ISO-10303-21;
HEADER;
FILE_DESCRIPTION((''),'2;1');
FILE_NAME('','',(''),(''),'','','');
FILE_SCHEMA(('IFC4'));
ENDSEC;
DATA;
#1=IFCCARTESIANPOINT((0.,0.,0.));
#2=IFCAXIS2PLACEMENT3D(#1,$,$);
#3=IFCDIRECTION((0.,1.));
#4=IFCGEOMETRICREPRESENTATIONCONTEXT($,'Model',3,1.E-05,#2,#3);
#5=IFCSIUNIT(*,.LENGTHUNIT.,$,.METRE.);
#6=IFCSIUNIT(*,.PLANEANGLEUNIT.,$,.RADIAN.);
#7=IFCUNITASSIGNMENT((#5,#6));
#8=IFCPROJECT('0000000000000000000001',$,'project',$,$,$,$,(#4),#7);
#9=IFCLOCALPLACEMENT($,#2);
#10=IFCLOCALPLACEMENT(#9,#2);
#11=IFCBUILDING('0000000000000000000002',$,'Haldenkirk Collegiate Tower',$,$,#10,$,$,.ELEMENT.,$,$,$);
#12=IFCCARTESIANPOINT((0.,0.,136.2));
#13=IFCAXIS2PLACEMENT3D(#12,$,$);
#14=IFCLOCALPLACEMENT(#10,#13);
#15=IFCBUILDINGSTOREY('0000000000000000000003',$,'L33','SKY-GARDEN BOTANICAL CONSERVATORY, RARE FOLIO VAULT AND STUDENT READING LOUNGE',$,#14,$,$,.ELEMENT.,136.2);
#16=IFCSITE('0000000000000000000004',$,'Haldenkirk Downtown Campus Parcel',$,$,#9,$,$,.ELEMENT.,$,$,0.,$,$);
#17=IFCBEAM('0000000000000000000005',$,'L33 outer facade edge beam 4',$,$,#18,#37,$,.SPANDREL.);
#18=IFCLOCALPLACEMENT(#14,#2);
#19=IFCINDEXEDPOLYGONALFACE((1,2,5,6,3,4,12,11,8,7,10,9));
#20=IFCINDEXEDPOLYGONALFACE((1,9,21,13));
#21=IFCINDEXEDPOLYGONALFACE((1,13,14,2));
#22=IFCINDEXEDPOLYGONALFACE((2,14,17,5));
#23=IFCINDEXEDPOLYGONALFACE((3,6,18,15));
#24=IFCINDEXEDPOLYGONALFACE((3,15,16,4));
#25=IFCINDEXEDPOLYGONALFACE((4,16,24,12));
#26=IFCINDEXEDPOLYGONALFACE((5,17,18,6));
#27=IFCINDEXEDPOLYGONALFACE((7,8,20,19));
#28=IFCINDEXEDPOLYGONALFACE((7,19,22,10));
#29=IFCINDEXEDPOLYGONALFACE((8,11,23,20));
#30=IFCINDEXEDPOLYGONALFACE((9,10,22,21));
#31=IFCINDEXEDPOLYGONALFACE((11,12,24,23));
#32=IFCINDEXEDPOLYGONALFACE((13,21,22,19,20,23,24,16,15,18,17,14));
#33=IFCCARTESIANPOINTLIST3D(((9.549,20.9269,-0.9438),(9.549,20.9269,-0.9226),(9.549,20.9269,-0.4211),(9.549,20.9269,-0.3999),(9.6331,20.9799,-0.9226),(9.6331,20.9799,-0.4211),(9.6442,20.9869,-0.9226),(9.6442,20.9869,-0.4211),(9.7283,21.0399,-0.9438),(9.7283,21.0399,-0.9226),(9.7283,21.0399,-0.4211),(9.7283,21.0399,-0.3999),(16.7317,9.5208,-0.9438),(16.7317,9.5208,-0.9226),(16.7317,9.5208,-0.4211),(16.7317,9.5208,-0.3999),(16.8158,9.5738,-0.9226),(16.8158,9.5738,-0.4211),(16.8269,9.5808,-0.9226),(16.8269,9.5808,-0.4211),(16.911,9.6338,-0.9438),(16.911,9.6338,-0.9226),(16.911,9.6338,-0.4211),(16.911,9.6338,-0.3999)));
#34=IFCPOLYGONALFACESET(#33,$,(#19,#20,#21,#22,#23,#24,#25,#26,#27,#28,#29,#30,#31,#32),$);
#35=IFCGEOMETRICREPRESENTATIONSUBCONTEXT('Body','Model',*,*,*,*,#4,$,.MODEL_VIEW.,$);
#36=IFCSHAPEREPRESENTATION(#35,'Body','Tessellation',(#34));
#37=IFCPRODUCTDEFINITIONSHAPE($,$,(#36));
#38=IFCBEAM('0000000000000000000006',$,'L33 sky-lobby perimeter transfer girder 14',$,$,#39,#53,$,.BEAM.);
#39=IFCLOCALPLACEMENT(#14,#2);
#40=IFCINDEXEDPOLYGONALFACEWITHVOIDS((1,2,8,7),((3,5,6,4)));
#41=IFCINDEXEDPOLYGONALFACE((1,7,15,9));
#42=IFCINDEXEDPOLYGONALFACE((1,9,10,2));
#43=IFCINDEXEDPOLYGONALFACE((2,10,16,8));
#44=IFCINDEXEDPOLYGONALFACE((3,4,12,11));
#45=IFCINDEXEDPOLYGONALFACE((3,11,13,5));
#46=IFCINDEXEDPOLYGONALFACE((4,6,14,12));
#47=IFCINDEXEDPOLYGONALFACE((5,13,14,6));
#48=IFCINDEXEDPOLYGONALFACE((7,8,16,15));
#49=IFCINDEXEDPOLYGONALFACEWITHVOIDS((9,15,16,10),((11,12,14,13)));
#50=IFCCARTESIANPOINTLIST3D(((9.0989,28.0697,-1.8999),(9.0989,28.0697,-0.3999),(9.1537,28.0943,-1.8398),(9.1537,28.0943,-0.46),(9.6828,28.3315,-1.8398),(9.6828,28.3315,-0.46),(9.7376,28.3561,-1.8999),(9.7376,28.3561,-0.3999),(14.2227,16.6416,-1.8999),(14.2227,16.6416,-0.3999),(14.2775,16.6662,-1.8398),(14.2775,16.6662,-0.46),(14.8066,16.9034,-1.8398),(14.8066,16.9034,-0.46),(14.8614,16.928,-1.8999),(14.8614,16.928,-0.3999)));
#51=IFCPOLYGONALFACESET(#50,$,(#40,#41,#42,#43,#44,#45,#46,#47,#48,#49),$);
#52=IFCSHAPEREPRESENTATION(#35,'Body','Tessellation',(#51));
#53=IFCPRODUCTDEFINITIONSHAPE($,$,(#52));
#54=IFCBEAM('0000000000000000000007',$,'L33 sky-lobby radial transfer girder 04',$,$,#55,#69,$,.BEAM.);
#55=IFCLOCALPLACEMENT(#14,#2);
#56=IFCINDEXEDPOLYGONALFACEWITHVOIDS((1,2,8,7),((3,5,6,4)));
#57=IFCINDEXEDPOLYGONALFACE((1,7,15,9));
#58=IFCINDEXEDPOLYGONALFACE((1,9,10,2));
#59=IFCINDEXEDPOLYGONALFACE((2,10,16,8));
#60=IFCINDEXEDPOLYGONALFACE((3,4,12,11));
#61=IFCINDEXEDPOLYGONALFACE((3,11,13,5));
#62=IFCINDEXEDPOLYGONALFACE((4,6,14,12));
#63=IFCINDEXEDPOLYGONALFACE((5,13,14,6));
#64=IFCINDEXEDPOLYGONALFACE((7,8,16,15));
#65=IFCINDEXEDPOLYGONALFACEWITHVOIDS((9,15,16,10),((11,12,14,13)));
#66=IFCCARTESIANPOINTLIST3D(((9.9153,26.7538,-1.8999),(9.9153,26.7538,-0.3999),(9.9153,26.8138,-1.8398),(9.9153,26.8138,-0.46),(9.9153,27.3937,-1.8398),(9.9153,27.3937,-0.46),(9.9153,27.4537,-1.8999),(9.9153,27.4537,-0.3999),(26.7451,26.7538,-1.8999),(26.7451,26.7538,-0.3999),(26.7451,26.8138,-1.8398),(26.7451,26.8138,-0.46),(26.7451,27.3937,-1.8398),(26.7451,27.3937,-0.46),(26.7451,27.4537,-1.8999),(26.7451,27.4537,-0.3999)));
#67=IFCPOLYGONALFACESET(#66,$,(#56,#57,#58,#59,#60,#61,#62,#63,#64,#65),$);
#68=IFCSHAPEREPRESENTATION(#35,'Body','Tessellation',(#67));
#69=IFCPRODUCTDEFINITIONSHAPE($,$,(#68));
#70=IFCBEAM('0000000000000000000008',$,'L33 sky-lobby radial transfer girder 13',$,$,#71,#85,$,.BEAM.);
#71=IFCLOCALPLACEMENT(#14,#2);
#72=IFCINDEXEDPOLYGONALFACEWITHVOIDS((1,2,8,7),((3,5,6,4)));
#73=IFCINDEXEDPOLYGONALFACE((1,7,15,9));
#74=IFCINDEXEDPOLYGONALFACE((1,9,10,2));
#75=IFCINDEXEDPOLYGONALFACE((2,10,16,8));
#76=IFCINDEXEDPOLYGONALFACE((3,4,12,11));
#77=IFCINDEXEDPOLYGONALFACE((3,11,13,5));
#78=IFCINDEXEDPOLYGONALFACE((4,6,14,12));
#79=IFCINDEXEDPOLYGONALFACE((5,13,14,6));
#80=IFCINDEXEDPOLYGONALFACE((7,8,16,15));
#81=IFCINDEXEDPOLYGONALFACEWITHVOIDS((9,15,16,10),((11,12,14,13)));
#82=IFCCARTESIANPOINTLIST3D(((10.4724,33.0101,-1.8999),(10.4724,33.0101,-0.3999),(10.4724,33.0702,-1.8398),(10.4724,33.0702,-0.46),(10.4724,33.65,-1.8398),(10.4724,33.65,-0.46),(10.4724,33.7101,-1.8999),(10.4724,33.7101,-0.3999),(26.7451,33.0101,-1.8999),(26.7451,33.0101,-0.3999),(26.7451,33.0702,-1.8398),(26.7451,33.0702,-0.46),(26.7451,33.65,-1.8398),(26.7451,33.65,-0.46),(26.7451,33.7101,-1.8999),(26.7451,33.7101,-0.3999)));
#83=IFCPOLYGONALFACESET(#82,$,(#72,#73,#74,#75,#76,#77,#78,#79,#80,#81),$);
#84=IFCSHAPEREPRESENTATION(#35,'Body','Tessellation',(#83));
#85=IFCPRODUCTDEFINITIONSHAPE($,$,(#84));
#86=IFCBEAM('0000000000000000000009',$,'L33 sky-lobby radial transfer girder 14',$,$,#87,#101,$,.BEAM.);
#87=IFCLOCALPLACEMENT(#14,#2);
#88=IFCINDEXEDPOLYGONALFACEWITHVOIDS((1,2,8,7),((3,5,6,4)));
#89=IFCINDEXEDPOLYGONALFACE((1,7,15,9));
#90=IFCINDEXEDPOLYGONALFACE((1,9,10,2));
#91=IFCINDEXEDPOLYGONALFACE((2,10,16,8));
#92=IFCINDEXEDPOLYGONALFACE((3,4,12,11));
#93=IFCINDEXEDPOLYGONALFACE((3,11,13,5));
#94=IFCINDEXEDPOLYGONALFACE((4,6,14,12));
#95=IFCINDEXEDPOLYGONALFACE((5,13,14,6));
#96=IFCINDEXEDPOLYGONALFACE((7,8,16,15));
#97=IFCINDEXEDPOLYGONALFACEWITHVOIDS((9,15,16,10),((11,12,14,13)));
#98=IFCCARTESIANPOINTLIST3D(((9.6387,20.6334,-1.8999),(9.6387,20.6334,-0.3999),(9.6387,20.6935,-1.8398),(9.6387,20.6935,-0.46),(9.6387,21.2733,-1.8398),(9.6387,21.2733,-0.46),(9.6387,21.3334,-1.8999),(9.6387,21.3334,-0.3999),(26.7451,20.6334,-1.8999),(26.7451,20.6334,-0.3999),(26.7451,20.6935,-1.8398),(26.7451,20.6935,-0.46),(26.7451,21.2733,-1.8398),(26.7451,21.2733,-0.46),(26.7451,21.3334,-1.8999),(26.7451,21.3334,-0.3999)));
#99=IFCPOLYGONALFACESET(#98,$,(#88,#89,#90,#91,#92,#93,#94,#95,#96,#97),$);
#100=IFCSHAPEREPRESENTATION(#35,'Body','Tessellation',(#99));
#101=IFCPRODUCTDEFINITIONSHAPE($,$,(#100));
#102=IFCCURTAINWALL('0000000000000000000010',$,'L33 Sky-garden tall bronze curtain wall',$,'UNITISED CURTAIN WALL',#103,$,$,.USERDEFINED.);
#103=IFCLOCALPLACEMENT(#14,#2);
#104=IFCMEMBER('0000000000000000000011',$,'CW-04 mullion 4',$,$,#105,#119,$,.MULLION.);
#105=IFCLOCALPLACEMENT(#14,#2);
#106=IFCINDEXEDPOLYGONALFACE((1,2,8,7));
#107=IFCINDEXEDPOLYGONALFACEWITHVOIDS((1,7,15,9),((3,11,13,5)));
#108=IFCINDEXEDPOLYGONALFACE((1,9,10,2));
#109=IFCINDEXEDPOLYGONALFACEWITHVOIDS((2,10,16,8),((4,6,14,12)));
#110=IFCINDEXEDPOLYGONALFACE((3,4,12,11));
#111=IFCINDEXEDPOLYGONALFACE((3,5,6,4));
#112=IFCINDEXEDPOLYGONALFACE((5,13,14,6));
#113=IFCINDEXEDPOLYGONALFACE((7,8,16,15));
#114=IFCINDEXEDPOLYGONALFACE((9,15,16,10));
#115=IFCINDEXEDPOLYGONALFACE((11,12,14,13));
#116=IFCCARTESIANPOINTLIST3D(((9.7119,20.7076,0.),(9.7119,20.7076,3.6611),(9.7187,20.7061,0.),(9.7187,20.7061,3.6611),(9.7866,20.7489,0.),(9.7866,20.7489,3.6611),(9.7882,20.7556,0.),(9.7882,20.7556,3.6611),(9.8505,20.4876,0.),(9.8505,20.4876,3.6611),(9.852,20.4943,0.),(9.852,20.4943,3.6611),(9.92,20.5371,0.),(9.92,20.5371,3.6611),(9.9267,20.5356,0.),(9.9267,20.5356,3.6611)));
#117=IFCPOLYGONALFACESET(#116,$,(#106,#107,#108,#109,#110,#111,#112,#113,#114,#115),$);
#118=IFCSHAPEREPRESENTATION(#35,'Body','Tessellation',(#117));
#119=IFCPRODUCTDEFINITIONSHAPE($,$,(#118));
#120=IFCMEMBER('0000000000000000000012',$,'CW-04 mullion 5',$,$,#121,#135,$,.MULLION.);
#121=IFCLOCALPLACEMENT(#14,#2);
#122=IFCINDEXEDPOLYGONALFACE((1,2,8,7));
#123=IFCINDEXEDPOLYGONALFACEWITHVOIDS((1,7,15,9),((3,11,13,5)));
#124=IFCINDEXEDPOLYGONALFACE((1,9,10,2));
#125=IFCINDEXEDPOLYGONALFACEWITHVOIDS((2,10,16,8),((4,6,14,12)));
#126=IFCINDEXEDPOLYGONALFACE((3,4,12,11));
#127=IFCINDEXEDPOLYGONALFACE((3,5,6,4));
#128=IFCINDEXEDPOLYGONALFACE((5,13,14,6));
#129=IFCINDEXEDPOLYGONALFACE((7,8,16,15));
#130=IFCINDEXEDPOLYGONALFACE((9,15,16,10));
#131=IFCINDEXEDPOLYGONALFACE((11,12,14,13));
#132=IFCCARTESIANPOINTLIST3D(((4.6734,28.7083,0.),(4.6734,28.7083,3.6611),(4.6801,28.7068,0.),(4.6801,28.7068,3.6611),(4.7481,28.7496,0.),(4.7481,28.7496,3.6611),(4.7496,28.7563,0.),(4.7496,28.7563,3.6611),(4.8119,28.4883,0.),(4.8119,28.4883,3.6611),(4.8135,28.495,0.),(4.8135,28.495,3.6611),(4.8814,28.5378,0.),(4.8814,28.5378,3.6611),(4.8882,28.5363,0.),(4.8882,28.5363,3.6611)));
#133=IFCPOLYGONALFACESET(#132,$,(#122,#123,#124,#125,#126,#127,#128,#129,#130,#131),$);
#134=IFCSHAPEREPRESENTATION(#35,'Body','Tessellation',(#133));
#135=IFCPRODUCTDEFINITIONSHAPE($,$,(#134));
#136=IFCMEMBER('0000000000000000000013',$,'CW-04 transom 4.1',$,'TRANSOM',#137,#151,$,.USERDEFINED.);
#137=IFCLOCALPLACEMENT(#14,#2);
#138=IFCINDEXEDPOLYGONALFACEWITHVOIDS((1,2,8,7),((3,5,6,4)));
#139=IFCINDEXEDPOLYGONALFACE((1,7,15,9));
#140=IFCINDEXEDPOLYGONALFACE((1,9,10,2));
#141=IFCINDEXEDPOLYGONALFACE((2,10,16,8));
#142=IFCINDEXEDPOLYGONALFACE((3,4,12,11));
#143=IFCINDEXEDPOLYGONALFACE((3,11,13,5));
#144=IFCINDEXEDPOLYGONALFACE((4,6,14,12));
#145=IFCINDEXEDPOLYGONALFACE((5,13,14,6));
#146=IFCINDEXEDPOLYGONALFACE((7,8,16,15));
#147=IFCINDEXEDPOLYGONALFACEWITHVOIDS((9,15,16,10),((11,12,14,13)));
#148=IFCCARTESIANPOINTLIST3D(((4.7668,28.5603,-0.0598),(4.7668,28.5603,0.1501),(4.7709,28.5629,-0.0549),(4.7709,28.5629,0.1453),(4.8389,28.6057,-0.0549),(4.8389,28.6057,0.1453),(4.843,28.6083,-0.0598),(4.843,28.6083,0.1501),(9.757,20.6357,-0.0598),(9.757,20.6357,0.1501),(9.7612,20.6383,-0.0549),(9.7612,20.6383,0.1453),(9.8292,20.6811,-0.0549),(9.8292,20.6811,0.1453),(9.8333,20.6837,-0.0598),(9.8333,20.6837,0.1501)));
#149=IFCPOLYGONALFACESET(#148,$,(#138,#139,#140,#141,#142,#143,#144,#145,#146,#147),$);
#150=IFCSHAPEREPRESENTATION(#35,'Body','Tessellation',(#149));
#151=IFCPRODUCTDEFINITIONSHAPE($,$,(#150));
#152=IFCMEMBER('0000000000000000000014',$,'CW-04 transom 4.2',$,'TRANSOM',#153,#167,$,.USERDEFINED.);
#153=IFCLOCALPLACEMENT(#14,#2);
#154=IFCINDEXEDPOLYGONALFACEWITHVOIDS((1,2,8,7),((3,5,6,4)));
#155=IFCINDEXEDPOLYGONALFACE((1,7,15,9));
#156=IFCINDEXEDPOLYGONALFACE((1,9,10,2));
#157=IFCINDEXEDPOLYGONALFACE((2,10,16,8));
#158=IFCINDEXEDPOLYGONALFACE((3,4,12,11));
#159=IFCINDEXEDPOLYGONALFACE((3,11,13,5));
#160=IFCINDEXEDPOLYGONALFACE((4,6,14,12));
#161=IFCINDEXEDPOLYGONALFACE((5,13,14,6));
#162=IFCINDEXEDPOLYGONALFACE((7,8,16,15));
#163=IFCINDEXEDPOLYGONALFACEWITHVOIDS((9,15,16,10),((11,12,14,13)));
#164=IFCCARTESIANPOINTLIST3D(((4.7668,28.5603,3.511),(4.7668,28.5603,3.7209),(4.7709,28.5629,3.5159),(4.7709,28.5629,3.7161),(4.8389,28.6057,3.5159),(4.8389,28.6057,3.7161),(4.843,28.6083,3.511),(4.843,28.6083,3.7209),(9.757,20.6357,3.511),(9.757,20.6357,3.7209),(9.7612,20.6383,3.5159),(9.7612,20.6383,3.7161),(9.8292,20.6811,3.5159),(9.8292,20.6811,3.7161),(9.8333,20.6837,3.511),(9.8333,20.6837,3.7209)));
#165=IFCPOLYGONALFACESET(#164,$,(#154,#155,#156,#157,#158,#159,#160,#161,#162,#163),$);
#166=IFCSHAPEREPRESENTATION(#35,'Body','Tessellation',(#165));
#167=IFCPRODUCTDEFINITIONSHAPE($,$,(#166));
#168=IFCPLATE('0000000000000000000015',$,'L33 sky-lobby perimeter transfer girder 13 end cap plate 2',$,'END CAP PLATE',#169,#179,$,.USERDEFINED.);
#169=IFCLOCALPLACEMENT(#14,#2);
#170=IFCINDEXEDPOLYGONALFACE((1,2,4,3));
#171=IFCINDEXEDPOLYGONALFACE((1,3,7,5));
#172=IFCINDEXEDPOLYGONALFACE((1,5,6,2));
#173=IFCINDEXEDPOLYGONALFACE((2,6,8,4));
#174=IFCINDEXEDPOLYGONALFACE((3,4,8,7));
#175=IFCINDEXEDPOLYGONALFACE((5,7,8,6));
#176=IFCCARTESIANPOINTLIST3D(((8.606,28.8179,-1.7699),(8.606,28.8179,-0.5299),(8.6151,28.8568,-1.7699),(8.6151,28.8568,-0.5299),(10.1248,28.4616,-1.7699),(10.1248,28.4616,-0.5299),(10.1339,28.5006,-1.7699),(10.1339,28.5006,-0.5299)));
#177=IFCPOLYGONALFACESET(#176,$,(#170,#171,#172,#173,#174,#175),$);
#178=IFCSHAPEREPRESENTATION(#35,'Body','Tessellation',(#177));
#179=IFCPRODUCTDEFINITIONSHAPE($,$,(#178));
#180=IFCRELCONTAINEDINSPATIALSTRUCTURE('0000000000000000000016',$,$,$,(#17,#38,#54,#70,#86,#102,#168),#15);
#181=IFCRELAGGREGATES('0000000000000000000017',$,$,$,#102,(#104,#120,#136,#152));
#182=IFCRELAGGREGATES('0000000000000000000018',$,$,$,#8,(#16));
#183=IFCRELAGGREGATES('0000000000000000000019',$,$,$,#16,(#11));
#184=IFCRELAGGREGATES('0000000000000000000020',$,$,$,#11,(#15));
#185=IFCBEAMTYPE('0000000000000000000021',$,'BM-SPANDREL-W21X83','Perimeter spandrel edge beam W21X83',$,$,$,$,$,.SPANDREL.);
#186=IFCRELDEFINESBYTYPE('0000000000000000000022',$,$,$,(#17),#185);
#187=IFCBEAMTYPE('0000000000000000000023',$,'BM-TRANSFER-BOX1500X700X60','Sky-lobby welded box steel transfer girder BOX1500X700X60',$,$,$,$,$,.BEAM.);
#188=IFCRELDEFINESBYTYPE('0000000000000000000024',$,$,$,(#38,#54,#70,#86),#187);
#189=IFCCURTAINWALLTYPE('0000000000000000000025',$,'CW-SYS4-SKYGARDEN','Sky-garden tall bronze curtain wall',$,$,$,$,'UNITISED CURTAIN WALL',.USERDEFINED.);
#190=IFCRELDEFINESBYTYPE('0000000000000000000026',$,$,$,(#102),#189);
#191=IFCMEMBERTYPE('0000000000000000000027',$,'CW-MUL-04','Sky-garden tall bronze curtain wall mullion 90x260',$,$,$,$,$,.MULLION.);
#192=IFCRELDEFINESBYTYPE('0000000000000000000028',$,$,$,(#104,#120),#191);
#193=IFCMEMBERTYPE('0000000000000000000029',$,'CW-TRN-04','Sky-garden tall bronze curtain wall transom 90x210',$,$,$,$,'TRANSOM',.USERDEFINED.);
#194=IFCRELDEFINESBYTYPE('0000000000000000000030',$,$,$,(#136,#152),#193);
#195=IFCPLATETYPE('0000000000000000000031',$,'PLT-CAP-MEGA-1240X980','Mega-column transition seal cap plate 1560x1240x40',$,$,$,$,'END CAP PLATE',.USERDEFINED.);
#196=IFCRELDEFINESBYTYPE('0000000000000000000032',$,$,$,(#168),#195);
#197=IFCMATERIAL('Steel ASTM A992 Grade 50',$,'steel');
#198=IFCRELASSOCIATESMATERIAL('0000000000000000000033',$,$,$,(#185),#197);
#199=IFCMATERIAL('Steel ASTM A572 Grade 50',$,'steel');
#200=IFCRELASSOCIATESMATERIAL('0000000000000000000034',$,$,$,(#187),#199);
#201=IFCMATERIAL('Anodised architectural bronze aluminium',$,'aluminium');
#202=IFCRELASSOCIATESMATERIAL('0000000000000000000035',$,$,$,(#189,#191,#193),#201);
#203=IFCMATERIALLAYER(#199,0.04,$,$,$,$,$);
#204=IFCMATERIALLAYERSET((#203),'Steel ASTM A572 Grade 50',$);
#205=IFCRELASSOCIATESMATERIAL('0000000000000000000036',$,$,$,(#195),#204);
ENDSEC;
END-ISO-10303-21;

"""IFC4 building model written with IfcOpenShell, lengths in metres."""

from ifc_helpers import new_model, si_unit, direction, frame, origin, origin_2d, place, context, subcontext, project, spatial, rectangle, hollow_rectangle, i_section, extrude, source, transform, mapped, material, layer, layer_set, material_profile, profile_set, type_object, element, aggregate, save


model = new_model("IFC4")

# Units and contexts
model_context = context("Model", 3, precision=1e-05, world=origin(), true_north=direction((0.0, 1.0)))
body_context = subcontext(model_context, "Body", "Model", "MODEL_VIEW")
ifc_project = project(units=[si_unit("LENGTHUNIT", "METRE"), si_unit("PLANEANGLEUNIT", "RADIAN")], contexts=[model_context])

# Site, building, storey
site_placement = place(None, origin())
site = spatial("IfcSite", under=ifc_project, at=site_placement, Name="Haldenkirk Downtown Campus Parcel", CompositionType="ELEMENT", RefElevation=0.0)
building_placement = place(site_placement, origin())
building = spatial("IfcBuilding", under=site, at=building_placement, Name="Haldenkirk Collegiate Tower", CompositionType="ELEMENT")
storey_placement = place(building_placement, frame((0.0, 0.0, 136.2)))
storey = spatial("IfcBuildingStorey", under=building, at=storey_placement, Name="L33", Description="SKY-GARDEN BOTANICAL CONSERVATORY, RARE FOLIO VAULT AND STUDENT READING LOUNGE", CompositionType="ELEMENT", Elevation=136.2)

# Beams
ifc_material_1 = material(Name="Steel ASTM A992 Grade 50", Category="steel")
ifc_material_profile_1 = material_profile(ifc_material_1, i_section(OverallWidth=0.2119, OverallDepth=0.5439, WebThickness=0.0132, FlangeThickness=0.0212, at=origin_2d()), Name="W21X83")
ifc_profile_set_1 = profile_set([ifc_material_profile_1], Name="Steel ASTM A992 Grade 50")
beam_type_1 = type_object("IfcBeamType", Name="BM-SPANDREL-W21X83", Description="Perimeter spandrel edge beam W21X83", PredefinedType="SPANDREL", material=ifc_profile_set_1)
beam_1_placement = place(storey_placement, frame((9.6387, 20.9834, -0.6719), z_axis=(0.532869, -0.846197, 0.0), x_axis=(0.846197, 0.532869, 0.0)))
element("IfcBeam", 1, at=beam_1_placement, inside=storey, type_object=beam_type_1, Name="L33 outer facade edge beam 4", PredefinedType="SPANDREL", context=body_context, shape_type="SweptSolid", body=[
    extrude(i_section(OverallWidth=0.2119, OverallDepth=0.5439, WebThickness=0.0132, FlangeThickness=0.0212, at=origin_2d()), origin(), (0.0, 0.0, 1.0), 13.4792),
])
ifc_material_2 = material(Name="Steel ASTM A572 Grade 50", Category="steel")
ifc_material_profile_2 = material_profile(ifc_material_2, hollow_rectangle(XDim=0.7, YDim=1.5, WallThickness=0.0601, at=origin_2d()), Name="BOX1500X700X60")
ifc_profile_set_2 = profile_set([ifc_material_profile_2], Name="Steel ASTM A572 Grade 50")
beam_type_2 = type_object("IfcBeamType", Name="BM-TRANSFER-BOX1500X700X60", Description="Sky-lobby welded box steel transfer girder BOX1500X700X60", PredefinedType="BEAM", material=ifc_profile_set_2)
beam_2_placement = place(storey_placement, frame((9.4182, 28.2129, -1.1499), z_axis=(0.409115, -0.912483, 0.0), x_axis=(0.912483, 0.409115, 0.0)))
element("IfcBeam", 2, at=beam_2_placement, inside=storey, type_object=beam_type_2, Name="L33 sky-lobby perimeter transfer girder 14", PredefinedType="BEAM", context=body_context, shape_type="SweptSolid", body=[
    extrude(hollow_rectangle(XDim=0.7, YDim=1.5, WallThickness=0.0601, at=origin_2d()), origin(), (0.0, 0.0, 1.0), 12.5242),
])
beam_3_placement = place(storey_placement, frame((9.9153, 27.1038, -1.1499), z_axis=(1.0, 0.0, 0.0), x_axis=(0.0, 1.0, 0.0)))
element("IfcBeam", 3, at=beam_3_placement, inside=storey, type_object=beam_type_2, Name="L33 sky-lobby radial transfer girder 04", PredefinedType="BEAM", context=body_context, shape_type="SweptSolid", body=[
    extrude(hollow_rectangle(XDim=0.7, YDim=1.5, WallThickness=0.0601, at=origin_2d()), origin(), (0.0, 0.0, 1.0), 16.8298),
])
beam_4_placement = place(storey_placement, frame((10.4724, 33.3601, -1.1499), z_axis=(1.0, 0.0, 0.0), x_axis=(0.0, 1.0, 0.0)))
element("IfcBeam", 4, at=beam_4_placement, inside=storey, type_object=beam_type_2, Name="L33 sky-lobby radial transfer girder 13", PredefinedType="BEAM", context=body_context, shape_type="SweptSolid", body=[
    extrude(hollow_rectangle(XDim=0.7, YDim=1.5, WallThickness=0.0601, at=origin_2d()), origin(), (0.0, 0.0, 1.0), 16.2727),
])
beam_5_placement = place(storey_placement, frame((9.6387, 20.9834, -1.1499), z_axis=(1.0, 0.0, 0.0), x_axis=(0.0, 1.0, 0.0)))
element("IfcBeam", 5, at=beam_5_placement, inside=storey, type_object=beam_type_2, Name="L33 sky-lobby radial transfer girder 14", PredefinedType="BEAM", context=body_context, shape_type="SweptSolid", body=[
    extrude(hollow_rectangle(XDim=0.7, YDim=1.5, WallThickness=0.0601, at=origin_2d()), origin(), (0.0, 0.0, 1.0), 17.1064),
])

# Curtain wall, members
ifc_material_3 = material(Name="Anodised architectural bronze aluminium", Category="aluminium")
curtain_wall_type = type_object("IfcCurtainWallType", Name="CW-SYS4-SKYGARDEN", Description="Sky-garden tall bronze curtain wall", ElementType="UNITISED CURTAIN WALL", PredefinedType="USERDEFINED", material=ifc_material_3)
curtain_wall_placement = place(storey_placement, origin())
curtain_wall = element("IfcCurtainWall", 6, at=curtain_wall_placement, inside=storey, type_object=curtain_wall_type, Name="L33 Sky-garden tall bronze curtain wall", ObjectType="UNITISED CURTAIN WALL", PredefinedType="USERDEFINED")
ifc_material_profile_3 = material_profile(ifc_material_3, hollow_rectangle(XDim=0.0901, YDim=0.26, WallThickness=0.0049, at=origin_2d()), Name="CW-MUL-04")
ifc_profile_set_3 = profile_set([ifc_material_profile_3], Name="Anodised architectural bronze aluminium")
member_type_1 = type_object("IfcMemberType", Name="CW-MUL-04", Description="Sky-garden tall bronze curtain wall mullion 90x260", PredefinedType="MULLION", material=ifc_profile_set_3)
member_1_placement = place(storey_placement, frame((9.8193, 20.6216, 0.0), z_axis=(0.0, 0.0, 1.0), x_axis=(-0.846192, -0.532878, 0.0)))
member_1 = element("IfcMember", 7, at=member_1_placement, type_object=member_type_1, Name="CW-04 mullion 4", PredefinedType="MULLION", context=body_context, shape_type="SweptSolid", body=[
    extrude(hollow_rectangle(XDim=0.0901, YDim=0.26, WallThickness=0.0049, at=origin_2d()), origin(), (0.0, 0.0, 1.0), 3.6611),
])
member_2_placement = place(storey_placement, frame((4.7808, 28.6223, 0.0), z_axis=(0.0, 0.0, 1.0), x_axis=(-0.846192, -0.532878, 0.0)))
member_2 = element("IfcMember", 8, at=member_2_placement, type_object=member_type_1, Name="CW-04 mullion 5", PredefinedType="MULLION", context=body_context, shape_type="SweptSolid", body=[
    extrude(hollow_rectangle(XDim=0.0901, YDim=0.26, WallThickness=0.0049, at=origin_2d()), origin(), (0.0, 0.0, 1.0), 3.6611),
])
ifc_material_profile_4 = material_profile(ifc_material_3, hollow_rectangle(XDim=0.0901, YDim=0.21, WallThickness=0.0049, at=origin_2d()), Name="CW-TRN-04")
ifc_profile_set_4 = profile_set([ifc_material_profile_4], Name="Anodised architectural bronze aluminium")
member_type_2 = type_object("IfcMemberType", Name="CW-TRN-04", Description="Sky-garden tall bronze curtain wall transom 90x210", ElementType="TRANSOM", PredefinedType="USERDEFINED", material=ifc_profile_set_4)
member_3_placement = place(storey_placement, frame((9.7952, 20.6597, 0.0452), z_axis=(-0.532867, 0.846199, 0.0), x_axis=(-0.846199, -0.532867, 0.0)))
member_3 = element("IfcMember", 9, at=member_3_placement, type_object=member_type_2, Name="CW-04 transom 4.1", ObjectType="TRANSOM", PredefinedType="USERDEFINED", context=body_context, shape_type="SweptSolid", body=[
    extrude(hollow_rectangle(XDim=0.0901, YDim=0.21, WallThickness=0.0049, at=origin_2d()), origin(), (0.0, 0.0, 1.0), 9.365),
])
member_4_placement = place(storey_placement, frame((9.7952, 20.6597, 3.616), z_axis=(-0.532867, 0.846199, 0.0), x_axis=(-0.846199, -0.532867, 0.0)))
member_4 = element("IfcMember", 10, at=member_4_placement, type_object=member_type_2, Name="CW-04 transom 4.2", ObjectType="TRANSOM", PredefinedType="USERDEFINED", context=body_context, shape_type="SweptSolid", body=[
    extrude(hollow_rectangle(XDim=0.0901, YDim=0.21, WallThickness=0.0049, at=origin_2d()), origin(), (0.0, 0.0, 1.0), 9.365),
])

# Plate
ifc_layer_1 = layer(ifc_material_2, 0.04)
ifc_layer_set_1 = layer_set([ifc_layer_1], Name="Steel ASTM A572 Grade 50")
plate_type_1 = type_object("IfcPlateType", Name="PLT-CAP-MEGA-1240X980", Description="Mega-column transition seal cap plate 1560x1240x40", ElementType="END CAP PLATE", PredefinedType="USERDEFINED", material=ifc_layer_set_1)
shared_shape_1 = source(origin(), body_context, "Body", "SweptSolid", [
    extrude(rectangle(XDim=1.5601, YDim=1.24, at=origin_2d()), origin(), (0.0, 0.0, 1.0), 0.04),
])
for number, where, z_axis, x_axis, name in (
    (11, (9.3745, 28.6787, -1.1499), (-0.228361, -0.973577, 0.0), (0.973577, -0.228361, 0.0), "L33 sky-lobby perimeter transfer girder 13 end cap plate 2"),
):
    element("IfcPlate", number, at=place(storey_placement, frame(where, z_axis=z_axis, x_axis=x_axis)), inside=storey, type_object=plate_type_1, Name=name, ObjectType="END CAP PLATE", PredefinedType="USERDEFINED", context=body_context, shape_type="MappedRepresentation", body=[
        mapped(shared_shape_1, transform((0.0, 0.0, 0.0), x_axis=(1.0, 0.0, 0.0), y_axis=(0.0, 1.0, 0.0), z_axis=(0.0, 0.0, 1.0), scale=1.0)),
    ])

aggregate(curtain_wall, [member_1, member_2, member_3, member_4])

save(model, "model.ifc")
